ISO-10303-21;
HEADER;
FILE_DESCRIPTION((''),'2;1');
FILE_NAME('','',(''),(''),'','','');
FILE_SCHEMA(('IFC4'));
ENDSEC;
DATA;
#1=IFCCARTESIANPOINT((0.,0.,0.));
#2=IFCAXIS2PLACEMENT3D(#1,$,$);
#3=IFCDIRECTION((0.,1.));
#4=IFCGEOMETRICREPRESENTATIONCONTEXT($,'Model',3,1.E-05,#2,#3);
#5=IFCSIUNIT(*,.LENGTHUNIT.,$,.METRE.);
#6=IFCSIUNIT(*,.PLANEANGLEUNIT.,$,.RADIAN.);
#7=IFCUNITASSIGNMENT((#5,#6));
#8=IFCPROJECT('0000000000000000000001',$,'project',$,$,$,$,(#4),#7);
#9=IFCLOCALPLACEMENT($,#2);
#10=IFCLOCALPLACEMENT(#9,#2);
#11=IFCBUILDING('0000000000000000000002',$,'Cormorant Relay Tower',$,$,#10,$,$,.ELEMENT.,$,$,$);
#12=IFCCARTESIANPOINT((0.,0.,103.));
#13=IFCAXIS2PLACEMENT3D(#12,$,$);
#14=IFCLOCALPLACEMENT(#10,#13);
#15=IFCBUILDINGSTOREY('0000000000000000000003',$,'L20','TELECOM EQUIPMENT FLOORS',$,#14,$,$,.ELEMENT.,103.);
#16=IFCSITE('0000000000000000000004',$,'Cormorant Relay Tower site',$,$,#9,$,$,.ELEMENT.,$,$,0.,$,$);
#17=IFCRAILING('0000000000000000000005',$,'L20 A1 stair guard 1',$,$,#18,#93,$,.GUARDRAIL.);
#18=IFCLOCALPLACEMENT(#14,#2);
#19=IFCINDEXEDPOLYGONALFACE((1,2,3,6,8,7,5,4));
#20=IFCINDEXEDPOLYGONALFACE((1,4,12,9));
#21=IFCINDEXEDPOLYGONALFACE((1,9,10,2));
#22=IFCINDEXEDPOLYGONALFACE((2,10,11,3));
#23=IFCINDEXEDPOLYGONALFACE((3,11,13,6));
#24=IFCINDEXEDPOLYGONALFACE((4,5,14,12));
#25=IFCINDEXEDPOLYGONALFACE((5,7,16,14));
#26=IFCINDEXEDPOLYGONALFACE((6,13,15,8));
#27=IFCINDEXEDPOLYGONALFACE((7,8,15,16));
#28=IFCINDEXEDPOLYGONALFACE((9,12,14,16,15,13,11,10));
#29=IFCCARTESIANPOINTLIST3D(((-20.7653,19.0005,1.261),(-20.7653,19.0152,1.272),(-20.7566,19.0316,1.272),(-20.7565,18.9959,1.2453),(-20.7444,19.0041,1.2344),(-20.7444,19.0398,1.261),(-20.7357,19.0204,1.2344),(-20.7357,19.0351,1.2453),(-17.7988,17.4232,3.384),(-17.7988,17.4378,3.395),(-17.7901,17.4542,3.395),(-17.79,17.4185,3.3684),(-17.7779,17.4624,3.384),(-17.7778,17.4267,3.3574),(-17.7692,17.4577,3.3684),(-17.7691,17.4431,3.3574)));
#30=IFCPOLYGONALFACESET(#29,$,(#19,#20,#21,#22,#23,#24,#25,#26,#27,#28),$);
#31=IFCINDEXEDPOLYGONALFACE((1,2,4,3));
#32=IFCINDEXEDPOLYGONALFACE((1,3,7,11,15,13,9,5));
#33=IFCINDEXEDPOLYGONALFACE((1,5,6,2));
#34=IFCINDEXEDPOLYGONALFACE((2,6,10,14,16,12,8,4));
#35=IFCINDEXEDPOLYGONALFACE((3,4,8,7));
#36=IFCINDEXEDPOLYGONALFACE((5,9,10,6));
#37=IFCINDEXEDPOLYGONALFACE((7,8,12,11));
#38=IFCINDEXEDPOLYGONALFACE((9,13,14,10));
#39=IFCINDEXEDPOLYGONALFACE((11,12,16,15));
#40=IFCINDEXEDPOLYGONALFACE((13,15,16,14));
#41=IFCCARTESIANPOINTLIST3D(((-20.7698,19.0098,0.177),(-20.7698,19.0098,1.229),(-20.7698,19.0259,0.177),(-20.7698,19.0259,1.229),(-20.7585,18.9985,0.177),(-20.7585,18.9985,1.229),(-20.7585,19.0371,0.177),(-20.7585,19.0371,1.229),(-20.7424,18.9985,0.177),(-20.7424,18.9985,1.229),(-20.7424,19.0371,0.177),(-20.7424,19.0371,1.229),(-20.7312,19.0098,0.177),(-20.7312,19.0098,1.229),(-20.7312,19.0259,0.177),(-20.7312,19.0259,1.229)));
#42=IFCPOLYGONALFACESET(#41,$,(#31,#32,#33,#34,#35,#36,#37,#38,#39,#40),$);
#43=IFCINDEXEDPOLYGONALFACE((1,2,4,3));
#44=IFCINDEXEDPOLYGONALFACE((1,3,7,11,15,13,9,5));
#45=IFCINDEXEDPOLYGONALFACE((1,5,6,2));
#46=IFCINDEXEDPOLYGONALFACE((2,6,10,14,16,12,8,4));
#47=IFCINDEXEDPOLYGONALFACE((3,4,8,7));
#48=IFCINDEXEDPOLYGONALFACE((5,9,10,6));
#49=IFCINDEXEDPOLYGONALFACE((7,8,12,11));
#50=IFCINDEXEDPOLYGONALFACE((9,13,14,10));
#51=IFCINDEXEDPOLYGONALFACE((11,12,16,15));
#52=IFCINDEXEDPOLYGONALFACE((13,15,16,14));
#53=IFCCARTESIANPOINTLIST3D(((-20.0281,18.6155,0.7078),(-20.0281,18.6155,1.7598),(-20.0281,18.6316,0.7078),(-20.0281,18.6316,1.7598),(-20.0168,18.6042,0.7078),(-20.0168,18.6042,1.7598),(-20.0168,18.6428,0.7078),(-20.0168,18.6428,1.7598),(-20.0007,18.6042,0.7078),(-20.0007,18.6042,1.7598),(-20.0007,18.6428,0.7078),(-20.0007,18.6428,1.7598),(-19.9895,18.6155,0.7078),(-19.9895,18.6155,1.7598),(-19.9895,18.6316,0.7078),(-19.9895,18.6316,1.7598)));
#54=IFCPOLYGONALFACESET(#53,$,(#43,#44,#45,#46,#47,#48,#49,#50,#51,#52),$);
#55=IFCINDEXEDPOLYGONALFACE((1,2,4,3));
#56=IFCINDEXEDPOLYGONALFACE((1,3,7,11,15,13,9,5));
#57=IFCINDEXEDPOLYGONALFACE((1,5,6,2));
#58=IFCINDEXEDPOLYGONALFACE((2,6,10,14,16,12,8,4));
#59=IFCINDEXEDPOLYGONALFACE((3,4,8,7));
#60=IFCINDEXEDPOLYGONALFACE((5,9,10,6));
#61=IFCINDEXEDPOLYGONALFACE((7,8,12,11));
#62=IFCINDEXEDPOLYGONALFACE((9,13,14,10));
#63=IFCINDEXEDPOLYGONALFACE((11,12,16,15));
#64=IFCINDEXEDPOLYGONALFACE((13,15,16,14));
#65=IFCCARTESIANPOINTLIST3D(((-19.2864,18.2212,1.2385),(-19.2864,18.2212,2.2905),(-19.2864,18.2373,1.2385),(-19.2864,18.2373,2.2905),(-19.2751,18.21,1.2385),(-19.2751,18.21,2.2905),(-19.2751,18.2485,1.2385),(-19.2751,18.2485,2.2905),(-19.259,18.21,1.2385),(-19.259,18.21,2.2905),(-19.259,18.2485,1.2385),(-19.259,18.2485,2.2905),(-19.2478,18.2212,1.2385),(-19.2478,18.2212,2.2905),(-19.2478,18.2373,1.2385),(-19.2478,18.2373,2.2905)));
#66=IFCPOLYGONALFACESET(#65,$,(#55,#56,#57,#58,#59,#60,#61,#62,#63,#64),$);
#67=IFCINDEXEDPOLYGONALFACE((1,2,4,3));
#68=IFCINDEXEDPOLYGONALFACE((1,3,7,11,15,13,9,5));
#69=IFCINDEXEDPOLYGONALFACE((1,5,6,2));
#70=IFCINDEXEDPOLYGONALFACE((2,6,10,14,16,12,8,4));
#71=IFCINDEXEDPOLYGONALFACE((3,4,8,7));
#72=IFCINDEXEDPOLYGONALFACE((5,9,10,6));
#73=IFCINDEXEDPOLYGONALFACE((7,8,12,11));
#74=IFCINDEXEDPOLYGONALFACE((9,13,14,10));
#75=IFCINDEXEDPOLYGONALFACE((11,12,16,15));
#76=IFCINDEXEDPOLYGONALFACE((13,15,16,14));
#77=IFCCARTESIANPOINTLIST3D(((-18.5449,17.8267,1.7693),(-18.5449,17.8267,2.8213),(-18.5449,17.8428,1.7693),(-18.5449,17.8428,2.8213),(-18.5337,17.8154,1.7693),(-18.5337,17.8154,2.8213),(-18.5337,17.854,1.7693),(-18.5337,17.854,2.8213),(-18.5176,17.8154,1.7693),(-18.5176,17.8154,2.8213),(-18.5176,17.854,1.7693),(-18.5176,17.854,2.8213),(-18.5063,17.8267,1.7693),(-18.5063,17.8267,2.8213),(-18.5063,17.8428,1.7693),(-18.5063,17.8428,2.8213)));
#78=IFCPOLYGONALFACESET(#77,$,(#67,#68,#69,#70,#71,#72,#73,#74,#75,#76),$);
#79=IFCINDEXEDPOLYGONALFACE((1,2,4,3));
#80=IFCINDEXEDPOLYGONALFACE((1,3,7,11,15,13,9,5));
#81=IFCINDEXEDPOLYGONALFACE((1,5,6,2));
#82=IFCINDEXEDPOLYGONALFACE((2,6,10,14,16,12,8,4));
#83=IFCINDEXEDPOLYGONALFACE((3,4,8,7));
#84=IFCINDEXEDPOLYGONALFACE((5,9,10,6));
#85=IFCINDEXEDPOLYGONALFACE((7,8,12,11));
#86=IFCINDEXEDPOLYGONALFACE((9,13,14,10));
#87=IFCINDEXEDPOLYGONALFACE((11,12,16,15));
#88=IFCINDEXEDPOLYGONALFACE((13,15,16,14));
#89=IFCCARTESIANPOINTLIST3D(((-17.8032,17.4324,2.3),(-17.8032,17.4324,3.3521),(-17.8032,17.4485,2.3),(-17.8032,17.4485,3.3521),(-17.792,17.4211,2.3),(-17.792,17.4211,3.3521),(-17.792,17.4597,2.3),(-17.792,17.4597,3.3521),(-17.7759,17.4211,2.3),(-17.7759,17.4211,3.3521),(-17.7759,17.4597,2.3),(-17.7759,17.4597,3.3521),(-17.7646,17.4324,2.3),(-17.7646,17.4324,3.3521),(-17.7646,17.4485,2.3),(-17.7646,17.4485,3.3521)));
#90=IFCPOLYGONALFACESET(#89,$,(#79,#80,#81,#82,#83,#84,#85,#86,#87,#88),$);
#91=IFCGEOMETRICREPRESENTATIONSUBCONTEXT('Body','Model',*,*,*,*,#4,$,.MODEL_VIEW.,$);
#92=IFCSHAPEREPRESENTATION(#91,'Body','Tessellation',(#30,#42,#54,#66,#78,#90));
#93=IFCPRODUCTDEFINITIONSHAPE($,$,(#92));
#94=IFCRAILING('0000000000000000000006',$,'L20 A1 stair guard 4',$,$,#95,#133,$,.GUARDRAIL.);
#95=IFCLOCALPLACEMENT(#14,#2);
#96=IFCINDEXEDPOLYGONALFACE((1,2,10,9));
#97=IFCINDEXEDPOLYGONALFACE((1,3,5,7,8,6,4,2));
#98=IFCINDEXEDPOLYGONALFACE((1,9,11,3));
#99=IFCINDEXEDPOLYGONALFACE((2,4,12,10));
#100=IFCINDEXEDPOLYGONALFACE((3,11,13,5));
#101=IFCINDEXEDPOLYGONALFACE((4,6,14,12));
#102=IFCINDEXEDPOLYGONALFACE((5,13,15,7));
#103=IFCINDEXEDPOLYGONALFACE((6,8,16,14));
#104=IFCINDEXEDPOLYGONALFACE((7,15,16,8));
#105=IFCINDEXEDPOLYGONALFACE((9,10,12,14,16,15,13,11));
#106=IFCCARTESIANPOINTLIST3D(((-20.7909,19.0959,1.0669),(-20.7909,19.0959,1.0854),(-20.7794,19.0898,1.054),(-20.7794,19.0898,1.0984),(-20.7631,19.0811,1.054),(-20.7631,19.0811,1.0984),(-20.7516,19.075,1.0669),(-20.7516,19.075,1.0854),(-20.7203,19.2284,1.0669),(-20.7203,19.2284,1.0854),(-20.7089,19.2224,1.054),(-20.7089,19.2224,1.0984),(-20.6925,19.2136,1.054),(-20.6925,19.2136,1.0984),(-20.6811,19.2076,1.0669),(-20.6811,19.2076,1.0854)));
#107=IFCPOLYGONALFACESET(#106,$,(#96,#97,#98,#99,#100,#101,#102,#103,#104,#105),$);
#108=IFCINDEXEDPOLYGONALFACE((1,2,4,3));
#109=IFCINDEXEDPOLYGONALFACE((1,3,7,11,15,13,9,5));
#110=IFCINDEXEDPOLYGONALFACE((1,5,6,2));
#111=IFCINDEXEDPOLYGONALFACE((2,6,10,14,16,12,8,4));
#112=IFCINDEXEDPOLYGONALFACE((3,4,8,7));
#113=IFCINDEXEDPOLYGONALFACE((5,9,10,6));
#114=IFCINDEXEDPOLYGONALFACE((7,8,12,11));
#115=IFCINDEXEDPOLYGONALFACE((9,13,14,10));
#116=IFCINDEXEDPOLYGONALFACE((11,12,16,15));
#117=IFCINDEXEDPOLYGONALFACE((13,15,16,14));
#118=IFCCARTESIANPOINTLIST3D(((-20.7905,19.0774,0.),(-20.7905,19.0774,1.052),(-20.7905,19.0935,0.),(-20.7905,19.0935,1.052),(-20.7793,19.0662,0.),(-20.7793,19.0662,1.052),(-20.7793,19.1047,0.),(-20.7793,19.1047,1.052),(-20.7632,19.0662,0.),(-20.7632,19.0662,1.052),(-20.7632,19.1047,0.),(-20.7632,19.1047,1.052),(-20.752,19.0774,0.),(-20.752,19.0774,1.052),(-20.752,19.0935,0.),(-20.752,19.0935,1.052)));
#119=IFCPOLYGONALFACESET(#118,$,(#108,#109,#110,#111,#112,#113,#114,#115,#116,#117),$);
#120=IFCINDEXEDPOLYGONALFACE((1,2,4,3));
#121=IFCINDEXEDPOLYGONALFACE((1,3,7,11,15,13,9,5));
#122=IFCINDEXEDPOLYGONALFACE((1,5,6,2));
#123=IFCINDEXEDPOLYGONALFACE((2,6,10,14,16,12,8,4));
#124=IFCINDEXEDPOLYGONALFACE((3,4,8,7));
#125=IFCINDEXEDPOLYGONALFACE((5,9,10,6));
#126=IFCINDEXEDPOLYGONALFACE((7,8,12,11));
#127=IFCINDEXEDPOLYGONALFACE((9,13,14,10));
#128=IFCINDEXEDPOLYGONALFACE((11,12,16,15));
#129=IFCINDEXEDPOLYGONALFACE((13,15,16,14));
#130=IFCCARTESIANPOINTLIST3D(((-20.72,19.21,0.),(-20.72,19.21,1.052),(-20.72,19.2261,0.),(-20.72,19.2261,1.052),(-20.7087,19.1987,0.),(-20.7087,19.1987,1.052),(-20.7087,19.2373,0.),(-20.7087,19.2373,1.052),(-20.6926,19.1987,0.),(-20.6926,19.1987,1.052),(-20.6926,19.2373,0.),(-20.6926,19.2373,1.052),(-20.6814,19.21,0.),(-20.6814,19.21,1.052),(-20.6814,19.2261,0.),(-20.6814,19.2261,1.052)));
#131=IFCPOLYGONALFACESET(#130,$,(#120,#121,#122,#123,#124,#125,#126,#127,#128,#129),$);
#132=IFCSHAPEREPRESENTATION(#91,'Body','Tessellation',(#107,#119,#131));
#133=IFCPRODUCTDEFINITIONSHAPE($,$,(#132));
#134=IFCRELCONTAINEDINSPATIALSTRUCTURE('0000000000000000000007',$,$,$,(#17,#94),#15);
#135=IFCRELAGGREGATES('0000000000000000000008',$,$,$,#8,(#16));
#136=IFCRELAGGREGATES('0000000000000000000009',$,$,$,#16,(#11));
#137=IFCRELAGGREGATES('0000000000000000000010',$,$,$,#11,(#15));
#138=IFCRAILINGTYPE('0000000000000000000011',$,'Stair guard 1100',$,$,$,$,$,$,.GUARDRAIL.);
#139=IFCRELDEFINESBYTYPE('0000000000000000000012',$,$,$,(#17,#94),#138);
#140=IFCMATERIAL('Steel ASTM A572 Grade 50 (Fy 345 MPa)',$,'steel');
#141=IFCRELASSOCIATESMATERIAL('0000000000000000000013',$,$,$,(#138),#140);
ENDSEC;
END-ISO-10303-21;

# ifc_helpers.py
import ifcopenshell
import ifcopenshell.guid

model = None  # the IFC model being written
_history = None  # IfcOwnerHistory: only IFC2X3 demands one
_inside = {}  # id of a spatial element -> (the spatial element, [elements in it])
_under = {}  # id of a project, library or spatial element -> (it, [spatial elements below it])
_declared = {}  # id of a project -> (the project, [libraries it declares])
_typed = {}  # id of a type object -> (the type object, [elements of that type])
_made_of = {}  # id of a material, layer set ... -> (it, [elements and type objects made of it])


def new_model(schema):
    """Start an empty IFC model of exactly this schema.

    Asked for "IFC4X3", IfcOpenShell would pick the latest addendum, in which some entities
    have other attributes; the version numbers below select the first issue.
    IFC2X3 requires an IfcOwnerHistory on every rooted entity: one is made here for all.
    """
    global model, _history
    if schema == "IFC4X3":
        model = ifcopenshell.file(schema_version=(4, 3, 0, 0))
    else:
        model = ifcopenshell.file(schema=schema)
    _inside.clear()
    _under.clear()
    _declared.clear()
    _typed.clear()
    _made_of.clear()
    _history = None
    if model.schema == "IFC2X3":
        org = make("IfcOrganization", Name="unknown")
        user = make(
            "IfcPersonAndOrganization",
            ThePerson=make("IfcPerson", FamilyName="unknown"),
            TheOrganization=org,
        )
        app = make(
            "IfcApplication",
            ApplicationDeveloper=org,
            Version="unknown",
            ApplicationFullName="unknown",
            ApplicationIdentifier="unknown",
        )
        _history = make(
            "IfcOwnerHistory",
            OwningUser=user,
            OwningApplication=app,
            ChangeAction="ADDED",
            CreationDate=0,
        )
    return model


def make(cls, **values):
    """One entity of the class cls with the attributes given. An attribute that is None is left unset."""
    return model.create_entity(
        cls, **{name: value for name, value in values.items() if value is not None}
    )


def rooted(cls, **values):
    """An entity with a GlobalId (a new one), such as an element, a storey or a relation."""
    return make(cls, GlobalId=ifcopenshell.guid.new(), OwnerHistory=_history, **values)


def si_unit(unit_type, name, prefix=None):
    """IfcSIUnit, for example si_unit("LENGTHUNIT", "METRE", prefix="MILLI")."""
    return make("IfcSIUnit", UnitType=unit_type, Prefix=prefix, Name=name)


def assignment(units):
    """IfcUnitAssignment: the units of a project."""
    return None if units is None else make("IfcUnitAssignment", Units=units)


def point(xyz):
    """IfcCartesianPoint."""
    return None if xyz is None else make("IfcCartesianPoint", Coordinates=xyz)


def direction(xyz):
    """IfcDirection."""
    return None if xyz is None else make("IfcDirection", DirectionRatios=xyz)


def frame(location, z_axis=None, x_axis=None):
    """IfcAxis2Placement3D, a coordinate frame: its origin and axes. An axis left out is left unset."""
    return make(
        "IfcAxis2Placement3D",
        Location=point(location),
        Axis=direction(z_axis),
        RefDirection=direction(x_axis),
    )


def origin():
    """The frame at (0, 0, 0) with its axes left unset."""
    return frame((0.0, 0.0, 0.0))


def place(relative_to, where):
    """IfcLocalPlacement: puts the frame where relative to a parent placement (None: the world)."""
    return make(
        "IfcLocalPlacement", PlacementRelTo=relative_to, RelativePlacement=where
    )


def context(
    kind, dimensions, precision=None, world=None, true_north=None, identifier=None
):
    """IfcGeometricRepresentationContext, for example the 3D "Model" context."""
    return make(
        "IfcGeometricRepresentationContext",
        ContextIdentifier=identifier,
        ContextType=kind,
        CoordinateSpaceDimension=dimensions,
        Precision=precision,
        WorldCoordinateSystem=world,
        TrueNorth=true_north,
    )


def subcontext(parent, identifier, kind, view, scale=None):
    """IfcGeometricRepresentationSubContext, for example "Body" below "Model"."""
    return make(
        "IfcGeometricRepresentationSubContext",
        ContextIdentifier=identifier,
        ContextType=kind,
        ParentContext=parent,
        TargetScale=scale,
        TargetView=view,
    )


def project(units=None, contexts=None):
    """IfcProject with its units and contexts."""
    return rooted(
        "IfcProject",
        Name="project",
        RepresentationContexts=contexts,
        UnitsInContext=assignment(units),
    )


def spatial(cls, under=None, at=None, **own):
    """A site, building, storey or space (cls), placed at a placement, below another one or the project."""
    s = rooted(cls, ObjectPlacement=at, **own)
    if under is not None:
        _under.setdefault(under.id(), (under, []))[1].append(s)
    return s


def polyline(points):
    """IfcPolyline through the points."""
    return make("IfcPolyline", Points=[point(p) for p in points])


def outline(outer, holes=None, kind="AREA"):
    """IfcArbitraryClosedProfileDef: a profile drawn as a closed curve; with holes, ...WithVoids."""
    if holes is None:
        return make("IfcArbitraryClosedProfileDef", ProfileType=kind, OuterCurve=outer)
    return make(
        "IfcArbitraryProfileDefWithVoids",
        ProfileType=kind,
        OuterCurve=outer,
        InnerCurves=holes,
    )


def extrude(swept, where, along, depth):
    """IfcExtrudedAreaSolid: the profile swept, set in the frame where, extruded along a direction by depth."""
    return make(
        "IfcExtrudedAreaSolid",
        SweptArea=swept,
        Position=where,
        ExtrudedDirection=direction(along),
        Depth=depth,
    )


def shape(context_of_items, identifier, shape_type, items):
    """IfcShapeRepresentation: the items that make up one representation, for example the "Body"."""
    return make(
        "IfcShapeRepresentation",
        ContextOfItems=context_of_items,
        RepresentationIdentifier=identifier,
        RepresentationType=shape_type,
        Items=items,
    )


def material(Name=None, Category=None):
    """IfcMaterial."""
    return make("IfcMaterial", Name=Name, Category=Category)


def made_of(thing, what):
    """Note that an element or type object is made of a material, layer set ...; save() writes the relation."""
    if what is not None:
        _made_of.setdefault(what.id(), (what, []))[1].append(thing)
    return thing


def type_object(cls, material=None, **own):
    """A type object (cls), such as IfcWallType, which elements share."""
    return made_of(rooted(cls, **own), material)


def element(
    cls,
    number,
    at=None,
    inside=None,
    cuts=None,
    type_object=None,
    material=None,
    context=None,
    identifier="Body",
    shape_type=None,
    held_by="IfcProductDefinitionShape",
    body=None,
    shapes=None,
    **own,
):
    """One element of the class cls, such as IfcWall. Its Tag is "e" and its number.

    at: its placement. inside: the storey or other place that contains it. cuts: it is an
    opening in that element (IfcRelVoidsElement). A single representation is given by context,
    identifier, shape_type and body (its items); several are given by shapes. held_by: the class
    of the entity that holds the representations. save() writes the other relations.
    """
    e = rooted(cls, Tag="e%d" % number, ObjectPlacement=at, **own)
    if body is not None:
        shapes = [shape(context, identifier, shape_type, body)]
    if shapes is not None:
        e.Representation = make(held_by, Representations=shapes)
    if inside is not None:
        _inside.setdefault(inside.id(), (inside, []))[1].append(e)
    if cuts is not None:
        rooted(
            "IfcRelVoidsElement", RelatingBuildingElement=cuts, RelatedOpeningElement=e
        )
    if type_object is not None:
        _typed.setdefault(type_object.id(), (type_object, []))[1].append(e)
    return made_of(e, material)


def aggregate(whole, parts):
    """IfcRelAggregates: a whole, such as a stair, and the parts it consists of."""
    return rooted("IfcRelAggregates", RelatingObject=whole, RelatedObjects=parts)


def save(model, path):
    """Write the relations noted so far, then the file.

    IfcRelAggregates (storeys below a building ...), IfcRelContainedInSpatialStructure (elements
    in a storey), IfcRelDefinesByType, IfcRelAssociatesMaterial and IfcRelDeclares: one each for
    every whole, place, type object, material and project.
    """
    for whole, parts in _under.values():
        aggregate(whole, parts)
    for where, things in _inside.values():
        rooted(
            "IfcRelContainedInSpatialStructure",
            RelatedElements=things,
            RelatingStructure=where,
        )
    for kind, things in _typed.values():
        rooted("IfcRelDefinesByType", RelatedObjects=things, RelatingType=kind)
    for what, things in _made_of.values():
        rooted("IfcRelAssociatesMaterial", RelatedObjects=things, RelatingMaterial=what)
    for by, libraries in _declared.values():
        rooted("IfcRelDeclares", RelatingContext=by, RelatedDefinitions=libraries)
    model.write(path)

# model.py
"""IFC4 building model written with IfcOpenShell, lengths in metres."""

from ifc_helpers import new_model, si_unit, direction, frame, origin, place, context, subcontext, project, spatial, polyline, outline, extrude, material, type_object, element, save


model = new_model("IFC4")

# Units and contexts
model_context = context("Model", 3, precision=1e-05, world=origin(), true_north=direction((0.0, 1.0)))
body_context = subcontext(model_context, "Body", "Model", "MODEL_VIEW")
ifc_project = project(units=[si_unit("LENGTHUNIT", "METRE"), si_unit("PLANEANGLEUNIT", "RADIAN")], contexts=[model_context])

# Site, building, storey
site_placement = place(None, origin())
site = spatial("IfcSite", under=ifc_project, at=site_placement, Name="Cormorant Relay Tower site", CompositionType="ELEMENT", RefElevation=0.0)
building_placement = place(site_placement, origin())
building = spatial("IfcBuilding", under=site, at=building_placement, Name="Cormorant Relay Tower", CompositionType="ELEMENT")
storey_placement = place(building_placement, frame((0.0, 0.0, 103.0)))
storey = spatial("IfcBuildingStorey", under=building, at=storey_placement, Name="L20", Description="TELECOM EQUIPMENT FLOORS", CompositionType="ELEMENT", Elevation=103.0)

# Railings
ifc_material_1 = material(Name="Steel ASTM A572 Grade 50 (Fy 345 MPa)", Category="steel")
railing_type_1 = type_object("IfcRailingType", Name="Stair guard 1100", PredefinedType="GUARDRAIL", material=ifc_material_1)
railing_1_placement = place(storey_placement, frame((-20.7505, 19.0178, 0.177)))
element("IfcRailing", 1, at=railing_1_placement, inside=storey, type_object=railing_type_1, Name="L20 A1 stair guard 1", PredefinedType="GUARDRAIL", context=body_context, shape_type="SweptSolid", body=[
    extrude(outline(polyline([(0.0222, 0.0093), (0.0093, 0.0222), (-0.0093, 0.0222), (-0.0222, 0.0093), (-0.0222, -0.0093), (-0.0093, -0.0222), (0.0093, -0.0222), (0.0222, -0.0093), (0.0222, 0.0093)])), frame((0.0, 0.0, 1.0762), z_axis=(0.746413, -0.396887, 0.534179), x_axis=(0.469483, 0.882942, 0.0)), (0.0, 0.0, 1.0), 3.9744),
    extrude(outline(polyline([(0.0193, 0.0081), (0.0081, 0.0193), (-0.0081, 0.0193), (-0.0193, 0.0081), (-0.0193, -0.0081), (-0.0081, -0.0193), (0.0081, -0.0193), (0.0193, -0.0081), (0.0193, 0.0081)])), origin(), (0.0, 0.0, 1.0), 1.052),
    extrude(outline(polyline([(0.0193, 0.0081), (0.0081, 0.0193), (-0.0081, 0.0193), (-0.0193, 0.0081), (-0.0193, -0.0081), (-0.0081, -0.0193), (0.0081, -0.0193), (0.0193, -0.0081), (0.0193, 0.0081)])), frame((0.7417, -0.3943, 0.5308)), (0.0, 0.0, 1.0), 1.052),
    extrude(outline(polyline([(0.0193, 0.0081), (0.0081, 0.0193), (-0.0081, 0.0193), (-0.0193, 0.0081), (-0.0193, -0.0081), (-0.0081, -0.0193), (0.0081, -0.0193), (0.0193, -0.0081), (0.0193, 0.0081)])), frame((1.4834, -0.7886, 1.0615)), (0.0, 0.0, 1.0), 1.052),
    extrude(outline(polyline([(0.0193, 0.0081), (0.0081, 0.0193), (-0.0081, 0.0193), (-0.0193, 0.0081), (-0.0193, -0.0081), (-0.0081, -0.0193), (0.0081, -0.0193), (0.0193, -0.0081), (0.0193, 0.0081)])), frame((2.2249, -1.1831, 1.5923)), (0.0, 0.0, 1.0), 1.052),
    extrude(outline(polyline([(0.0193, 0.0081), (0.0081, 0.0193), (-0.0081, 0.0193), (-0.0193, 0.0081), (-0.0193, -0.0081), (-0.0081, -0.0193), (0.0081, -0.0193), (0.0193, -0.0081), (0.0193, 0.0081)])), frame((2.9666, -1.5774, 2.123)), (0.0, 0.0, 1.0), 1.052),
])
railing_2_placement = place(storey_placement, frame((-20.7712, 19.0854, 0.0)))
element("IfcRailing", 2, at=railing_2_placement, inside=storey, type_object=railing_type_1, Name="L20 A1 stair guard 4", PredefinedType="GUARDRAIL", context=body_context, shape_type="SweptSolid", body=[
    extrude(outline(polyline([(0.0222, 0.0093), (0.0093, 0.0222), (-0.0093, 0.0222), (-0.0222, 0.0093), (-0.0222, -0.0093), (-0.0093, -0.0222), (0.0093, -0.0222), (0.0222, -0.0093), (0.0222, 0.0093)])), frame((0.0, 0.0, 1.0762), z_axis=(0.469829, 0.882758, 0.0), x_axis=(-0.882758, 0.469829, 0.0)), (0.0, 0.0, 1.0), 0.1501),
    extrude(outline(polyline([(0.0193, 0.0081), (0.0081, 0.0193), (-0.0081, 0.0193), (-0.0193, 0.0081), (-0.0193, -0.0081), (-0.0081, -0.0193), (0.0081, -0.0193), (0.0193, -0.0081), (0.0193, 0.0081)])), origin(), (0.0, 0.0, 1.0), 1.052),
    extrude(outline(polyline([(0.0193, 0.0081), (0.0081, 0.0193), (-0.0081, 0.0193), (-0.0193, 0.0081), (-0.0193, -0.0081), (-0.0081, -0.0193), (0.0081, -0.0193), (0.0193, -0.0081), (0.0193, 0.0081)])), frame((0.0706, 0.1326, 0.0)), (0.0, 0.0, 1.0), 1.052),
])

save(model, "model.ifc")
